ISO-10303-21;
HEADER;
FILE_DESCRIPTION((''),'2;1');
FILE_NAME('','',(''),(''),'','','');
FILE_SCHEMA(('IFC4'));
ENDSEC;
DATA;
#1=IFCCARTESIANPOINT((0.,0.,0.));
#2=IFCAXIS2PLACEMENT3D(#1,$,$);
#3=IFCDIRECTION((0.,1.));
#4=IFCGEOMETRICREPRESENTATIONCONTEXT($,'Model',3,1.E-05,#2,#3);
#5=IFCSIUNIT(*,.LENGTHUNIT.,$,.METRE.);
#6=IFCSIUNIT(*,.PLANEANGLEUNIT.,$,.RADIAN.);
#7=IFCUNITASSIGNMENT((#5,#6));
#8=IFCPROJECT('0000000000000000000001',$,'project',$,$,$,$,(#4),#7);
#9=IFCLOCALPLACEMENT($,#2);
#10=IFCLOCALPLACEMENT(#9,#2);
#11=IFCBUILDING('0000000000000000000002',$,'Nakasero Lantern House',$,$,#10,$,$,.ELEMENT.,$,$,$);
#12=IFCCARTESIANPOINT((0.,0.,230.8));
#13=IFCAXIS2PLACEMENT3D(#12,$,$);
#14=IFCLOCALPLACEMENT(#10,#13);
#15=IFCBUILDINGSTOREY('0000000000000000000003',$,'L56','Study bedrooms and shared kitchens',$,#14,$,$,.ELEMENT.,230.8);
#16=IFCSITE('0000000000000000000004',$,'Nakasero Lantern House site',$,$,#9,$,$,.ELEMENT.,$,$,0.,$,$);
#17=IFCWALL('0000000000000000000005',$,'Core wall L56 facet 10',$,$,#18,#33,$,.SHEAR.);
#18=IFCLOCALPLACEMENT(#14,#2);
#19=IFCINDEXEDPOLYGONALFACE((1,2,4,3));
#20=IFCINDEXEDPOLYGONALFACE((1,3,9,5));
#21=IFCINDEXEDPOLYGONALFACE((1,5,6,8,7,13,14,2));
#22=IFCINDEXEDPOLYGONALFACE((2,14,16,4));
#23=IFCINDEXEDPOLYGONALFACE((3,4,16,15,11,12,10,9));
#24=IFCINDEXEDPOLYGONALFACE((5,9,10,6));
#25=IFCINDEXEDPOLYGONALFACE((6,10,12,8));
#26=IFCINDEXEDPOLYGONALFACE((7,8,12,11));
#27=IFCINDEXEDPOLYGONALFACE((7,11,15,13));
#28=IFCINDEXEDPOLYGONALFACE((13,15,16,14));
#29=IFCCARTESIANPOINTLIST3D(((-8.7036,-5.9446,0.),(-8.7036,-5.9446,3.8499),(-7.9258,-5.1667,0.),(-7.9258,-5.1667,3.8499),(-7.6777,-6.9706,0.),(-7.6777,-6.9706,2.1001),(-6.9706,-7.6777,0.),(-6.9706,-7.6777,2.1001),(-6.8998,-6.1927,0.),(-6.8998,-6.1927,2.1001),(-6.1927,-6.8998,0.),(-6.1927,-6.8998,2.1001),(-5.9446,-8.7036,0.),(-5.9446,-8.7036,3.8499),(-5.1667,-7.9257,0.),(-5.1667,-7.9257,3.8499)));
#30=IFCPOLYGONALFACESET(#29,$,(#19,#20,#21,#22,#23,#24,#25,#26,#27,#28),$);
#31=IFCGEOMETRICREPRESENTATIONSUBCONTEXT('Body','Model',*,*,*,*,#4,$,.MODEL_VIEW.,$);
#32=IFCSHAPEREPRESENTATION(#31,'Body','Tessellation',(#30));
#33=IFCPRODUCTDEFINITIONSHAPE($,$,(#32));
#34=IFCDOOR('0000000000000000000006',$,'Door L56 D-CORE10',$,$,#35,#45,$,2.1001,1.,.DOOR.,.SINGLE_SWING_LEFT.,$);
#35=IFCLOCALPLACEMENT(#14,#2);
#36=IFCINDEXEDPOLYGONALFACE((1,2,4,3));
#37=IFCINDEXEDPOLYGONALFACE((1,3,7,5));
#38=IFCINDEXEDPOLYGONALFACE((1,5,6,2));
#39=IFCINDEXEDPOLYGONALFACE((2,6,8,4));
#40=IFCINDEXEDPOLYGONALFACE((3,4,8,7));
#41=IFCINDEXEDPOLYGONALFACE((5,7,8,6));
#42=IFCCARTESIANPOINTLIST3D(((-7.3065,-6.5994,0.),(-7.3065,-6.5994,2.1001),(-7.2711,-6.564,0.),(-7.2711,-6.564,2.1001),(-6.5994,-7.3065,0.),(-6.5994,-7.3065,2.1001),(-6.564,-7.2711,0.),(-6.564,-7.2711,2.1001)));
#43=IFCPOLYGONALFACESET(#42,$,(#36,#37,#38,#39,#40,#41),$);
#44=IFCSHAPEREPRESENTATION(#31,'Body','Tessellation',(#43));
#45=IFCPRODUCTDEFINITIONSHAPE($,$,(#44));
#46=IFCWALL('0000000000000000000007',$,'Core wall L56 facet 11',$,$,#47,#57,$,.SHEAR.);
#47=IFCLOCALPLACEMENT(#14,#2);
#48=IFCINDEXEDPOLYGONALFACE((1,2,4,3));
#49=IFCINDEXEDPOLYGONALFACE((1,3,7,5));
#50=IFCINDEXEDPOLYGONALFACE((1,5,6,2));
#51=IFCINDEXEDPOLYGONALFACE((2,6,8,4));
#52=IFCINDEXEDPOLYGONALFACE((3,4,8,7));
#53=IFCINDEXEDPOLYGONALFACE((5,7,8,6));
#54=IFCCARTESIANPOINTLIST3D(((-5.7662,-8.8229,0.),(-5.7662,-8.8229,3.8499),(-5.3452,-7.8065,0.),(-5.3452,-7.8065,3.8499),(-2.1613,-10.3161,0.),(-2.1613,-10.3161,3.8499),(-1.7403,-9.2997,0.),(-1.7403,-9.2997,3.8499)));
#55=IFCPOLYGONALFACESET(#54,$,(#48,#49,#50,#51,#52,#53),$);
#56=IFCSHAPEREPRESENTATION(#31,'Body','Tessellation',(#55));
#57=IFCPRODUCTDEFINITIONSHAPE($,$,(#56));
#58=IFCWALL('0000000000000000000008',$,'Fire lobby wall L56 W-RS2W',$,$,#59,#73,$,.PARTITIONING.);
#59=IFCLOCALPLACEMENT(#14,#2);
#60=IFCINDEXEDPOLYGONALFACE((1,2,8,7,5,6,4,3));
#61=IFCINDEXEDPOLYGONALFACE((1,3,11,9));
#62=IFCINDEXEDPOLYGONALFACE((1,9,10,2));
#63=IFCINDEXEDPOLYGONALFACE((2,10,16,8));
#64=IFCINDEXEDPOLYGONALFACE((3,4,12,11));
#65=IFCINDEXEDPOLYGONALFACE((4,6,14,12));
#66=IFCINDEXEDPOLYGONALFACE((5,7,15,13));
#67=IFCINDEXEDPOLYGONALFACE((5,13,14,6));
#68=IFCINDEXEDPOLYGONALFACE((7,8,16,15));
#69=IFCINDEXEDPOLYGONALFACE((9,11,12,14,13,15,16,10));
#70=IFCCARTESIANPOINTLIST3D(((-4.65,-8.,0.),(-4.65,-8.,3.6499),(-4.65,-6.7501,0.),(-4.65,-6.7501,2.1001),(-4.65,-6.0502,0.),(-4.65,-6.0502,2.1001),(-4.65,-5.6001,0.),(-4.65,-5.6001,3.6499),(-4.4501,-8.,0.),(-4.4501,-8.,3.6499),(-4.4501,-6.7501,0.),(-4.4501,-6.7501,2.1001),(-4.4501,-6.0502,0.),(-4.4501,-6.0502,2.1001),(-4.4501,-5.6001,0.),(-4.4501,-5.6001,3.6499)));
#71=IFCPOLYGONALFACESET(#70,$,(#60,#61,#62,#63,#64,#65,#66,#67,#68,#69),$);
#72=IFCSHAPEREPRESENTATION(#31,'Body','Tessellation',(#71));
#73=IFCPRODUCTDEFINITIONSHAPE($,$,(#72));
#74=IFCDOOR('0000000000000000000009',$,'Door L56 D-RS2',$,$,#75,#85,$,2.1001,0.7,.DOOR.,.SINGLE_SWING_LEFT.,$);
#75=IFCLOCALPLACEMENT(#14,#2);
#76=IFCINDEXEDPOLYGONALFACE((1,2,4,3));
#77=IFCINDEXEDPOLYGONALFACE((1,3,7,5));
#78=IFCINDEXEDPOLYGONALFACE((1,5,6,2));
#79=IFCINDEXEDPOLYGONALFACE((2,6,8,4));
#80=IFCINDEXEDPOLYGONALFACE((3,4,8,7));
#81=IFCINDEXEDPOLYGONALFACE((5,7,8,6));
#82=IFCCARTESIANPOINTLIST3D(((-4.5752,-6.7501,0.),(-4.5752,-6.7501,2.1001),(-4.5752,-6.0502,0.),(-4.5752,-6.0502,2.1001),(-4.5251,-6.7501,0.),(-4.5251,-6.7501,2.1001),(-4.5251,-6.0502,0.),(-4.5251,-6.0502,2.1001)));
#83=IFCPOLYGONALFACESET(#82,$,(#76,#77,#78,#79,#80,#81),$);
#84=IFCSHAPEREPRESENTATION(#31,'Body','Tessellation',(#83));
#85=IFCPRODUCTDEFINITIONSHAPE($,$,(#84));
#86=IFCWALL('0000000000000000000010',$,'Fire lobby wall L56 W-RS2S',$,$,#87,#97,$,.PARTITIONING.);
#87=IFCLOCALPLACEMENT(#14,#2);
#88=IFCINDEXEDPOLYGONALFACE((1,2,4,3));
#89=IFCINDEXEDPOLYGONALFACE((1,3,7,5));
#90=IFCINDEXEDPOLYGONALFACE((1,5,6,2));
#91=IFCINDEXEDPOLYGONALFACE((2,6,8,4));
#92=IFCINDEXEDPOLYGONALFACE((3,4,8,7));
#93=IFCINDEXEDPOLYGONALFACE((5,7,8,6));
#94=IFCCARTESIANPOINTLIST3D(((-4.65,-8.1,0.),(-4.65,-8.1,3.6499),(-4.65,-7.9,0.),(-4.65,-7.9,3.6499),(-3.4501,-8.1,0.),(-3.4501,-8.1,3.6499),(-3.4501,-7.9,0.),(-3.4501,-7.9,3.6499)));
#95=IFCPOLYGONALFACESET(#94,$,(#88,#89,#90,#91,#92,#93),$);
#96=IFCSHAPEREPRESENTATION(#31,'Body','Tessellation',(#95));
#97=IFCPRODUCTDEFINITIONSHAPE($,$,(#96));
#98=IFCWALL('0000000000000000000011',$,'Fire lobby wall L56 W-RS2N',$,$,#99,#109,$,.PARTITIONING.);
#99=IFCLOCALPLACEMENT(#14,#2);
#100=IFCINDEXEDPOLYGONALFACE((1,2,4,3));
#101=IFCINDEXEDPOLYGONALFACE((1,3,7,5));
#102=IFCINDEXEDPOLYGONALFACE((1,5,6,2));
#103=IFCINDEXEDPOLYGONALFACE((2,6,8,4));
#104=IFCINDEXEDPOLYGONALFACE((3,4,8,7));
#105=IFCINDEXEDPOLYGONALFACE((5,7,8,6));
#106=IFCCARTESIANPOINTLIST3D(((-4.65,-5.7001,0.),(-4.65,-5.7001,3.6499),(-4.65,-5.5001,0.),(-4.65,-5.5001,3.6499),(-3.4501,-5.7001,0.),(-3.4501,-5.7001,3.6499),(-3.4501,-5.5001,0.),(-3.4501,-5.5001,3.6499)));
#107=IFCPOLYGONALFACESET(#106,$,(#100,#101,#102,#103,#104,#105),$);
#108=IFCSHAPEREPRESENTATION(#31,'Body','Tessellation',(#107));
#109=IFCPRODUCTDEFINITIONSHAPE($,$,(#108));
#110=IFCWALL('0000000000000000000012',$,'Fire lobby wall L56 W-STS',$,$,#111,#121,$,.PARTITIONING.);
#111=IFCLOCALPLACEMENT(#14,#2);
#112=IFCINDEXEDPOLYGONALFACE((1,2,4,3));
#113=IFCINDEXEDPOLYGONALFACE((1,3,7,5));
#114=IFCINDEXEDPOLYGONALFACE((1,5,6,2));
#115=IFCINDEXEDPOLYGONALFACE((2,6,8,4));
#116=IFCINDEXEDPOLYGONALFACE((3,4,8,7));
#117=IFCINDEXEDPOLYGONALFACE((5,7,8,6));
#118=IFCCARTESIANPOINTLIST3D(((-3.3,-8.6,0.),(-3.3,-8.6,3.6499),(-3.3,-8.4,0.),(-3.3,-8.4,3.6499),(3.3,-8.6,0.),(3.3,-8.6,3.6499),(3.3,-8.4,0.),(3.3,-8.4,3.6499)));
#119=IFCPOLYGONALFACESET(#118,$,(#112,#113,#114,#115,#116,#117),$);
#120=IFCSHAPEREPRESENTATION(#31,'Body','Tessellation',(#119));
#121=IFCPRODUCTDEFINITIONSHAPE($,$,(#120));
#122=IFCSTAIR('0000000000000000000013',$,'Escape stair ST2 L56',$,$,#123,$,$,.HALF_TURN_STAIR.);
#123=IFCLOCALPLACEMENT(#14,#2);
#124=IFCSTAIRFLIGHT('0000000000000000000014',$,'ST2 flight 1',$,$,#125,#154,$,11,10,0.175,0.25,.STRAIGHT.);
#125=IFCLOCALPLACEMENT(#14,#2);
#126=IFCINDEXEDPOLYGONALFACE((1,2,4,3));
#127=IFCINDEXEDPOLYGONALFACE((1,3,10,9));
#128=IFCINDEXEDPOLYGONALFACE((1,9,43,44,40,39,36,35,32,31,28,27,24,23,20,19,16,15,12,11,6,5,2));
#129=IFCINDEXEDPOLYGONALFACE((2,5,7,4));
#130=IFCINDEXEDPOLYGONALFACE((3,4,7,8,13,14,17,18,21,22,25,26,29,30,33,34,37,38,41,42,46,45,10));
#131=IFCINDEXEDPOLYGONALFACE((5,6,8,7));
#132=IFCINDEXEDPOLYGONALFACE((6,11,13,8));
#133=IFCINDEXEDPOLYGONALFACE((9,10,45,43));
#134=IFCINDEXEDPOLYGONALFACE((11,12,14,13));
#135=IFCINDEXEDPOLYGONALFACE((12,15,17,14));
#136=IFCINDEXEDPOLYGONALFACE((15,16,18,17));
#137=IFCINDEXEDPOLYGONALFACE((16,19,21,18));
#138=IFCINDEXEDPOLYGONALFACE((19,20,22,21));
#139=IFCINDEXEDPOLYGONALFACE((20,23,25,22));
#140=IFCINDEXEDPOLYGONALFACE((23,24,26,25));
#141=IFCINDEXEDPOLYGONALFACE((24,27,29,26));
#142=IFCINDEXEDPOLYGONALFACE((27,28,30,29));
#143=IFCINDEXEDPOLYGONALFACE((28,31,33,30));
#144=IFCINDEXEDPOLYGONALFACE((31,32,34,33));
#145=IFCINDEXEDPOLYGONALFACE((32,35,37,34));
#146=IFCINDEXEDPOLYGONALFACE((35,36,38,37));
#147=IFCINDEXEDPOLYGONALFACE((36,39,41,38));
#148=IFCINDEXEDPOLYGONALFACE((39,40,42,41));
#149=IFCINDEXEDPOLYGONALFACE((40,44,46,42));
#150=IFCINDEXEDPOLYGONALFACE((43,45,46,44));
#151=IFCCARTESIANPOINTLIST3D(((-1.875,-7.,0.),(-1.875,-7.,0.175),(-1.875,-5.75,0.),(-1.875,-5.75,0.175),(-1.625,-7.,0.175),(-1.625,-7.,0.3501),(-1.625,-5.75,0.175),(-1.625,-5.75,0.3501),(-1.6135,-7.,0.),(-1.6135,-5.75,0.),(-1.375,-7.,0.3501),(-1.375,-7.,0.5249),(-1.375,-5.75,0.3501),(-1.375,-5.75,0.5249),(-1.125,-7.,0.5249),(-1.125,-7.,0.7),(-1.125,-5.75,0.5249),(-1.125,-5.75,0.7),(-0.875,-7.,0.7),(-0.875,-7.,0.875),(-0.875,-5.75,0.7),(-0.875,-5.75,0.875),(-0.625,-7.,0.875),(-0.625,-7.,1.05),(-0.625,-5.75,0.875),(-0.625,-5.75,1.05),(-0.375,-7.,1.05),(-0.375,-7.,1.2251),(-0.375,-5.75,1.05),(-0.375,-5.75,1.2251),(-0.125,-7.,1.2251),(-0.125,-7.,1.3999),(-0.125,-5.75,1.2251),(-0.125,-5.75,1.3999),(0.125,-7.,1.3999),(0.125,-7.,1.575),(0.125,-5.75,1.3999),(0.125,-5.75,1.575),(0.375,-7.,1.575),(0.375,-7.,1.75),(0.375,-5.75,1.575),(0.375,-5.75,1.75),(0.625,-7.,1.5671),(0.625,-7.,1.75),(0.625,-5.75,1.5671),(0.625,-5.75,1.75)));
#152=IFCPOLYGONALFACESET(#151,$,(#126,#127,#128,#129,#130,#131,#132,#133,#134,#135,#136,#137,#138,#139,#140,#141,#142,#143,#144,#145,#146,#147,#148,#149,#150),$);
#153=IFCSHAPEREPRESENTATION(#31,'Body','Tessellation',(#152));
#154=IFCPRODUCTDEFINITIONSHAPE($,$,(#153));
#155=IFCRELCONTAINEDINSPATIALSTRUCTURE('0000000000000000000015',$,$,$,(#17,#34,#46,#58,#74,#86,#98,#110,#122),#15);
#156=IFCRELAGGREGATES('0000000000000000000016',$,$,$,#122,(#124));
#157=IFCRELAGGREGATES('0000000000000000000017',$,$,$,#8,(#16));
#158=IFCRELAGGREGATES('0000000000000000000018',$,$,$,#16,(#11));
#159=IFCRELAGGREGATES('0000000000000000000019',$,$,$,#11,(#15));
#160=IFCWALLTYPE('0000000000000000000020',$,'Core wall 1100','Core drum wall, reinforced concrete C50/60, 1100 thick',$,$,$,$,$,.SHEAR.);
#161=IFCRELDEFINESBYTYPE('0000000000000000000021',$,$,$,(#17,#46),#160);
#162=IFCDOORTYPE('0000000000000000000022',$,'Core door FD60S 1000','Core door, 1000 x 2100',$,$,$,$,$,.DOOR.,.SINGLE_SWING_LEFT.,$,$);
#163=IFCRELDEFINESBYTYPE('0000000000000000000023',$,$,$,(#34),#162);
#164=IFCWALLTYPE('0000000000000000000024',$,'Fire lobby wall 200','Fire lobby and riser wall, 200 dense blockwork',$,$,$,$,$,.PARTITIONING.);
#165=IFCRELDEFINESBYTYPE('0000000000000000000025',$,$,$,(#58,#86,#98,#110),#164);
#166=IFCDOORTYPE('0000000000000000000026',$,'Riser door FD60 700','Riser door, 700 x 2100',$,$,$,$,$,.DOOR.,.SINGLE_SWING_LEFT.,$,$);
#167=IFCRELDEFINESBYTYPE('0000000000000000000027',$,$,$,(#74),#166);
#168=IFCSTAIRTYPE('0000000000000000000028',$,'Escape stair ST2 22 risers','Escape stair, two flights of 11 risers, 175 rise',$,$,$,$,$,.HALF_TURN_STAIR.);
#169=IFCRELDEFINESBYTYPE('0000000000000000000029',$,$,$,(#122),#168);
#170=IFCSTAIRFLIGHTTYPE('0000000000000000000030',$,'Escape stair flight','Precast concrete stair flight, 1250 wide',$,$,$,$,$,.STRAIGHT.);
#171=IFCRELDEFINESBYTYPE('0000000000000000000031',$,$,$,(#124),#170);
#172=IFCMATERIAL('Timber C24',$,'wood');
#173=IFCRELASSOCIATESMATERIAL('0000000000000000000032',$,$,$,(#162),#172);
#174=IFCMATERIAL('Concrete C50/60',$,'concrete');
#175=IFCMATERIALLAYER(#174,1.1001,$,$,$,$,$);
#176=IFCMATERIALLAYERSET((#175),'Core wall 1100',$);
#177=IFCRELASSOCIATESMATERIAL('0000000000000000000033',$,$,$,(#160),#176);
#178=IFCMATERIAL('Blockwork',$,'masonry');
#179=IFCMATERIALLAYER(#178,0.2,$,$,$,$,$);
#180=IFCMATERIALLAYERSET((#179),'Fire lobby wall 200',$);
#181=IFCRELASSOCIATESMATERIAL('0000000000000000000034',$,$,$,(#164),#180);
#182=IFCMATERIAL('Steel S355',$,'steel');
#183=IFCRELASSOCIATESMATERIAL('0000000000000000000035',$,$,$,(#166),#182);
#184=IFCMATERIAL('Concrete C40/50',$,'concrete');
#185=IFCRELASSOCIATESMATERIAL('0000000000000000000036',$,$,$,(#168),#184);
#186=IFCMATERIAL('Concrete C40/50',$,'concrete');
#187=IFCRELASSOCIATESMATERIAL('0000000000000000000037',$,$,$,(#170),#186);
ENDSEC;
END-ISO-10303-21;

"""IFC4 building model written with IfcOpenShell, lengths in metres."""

from ifc_helpers import new_model, si_unit, direction, frame, frame_2d, origin, place, context, subcontext, project, spatial, polyline, rectangle, outline, extrude, material, layer, layer_set, type_object, element, fill, aggregate, save


model = new_model("IFC4")

# Units and contexts
model_context = context("Model", 3, precision=1e-05, world=origin(), true_north=direction((0.0, 1.0)))
body_context = subcontext(model_context, "Body", "Model", "MODEL_VIEW")
ifc_project = project(units=[si_unit("LENGTHUNIT", "METRE"), si_unit("PLANEANGLEUNIT", "RADIAN")], contexts=[model_context])

# Site, building, storey
site_placement = place(None, origin())
site = spatial("IfcSite", under=ifc_project, at=site_placement, Name="Nakasero Lantern House site", CompositionType="ELEMENT", RefElevation=0.0)
building_placement = place(site_placement, origin())
building = spatial("IfcBuilding", under=site, at=building_placement, Name="Nakasero Lantern House", CompositionType="ELEMENT")
storey_placement = place(building_placement, frame((0.0, 0.0, 230.8)))
storey = spatial("IfcBuildingStorey", under=building, at=storey_placement, Name="L56", Description="Study bedrooms and shared kitchens", CompositionType="ELEMENT", Elevation=230.8)

# Shared definitions
ifc_material_1 = material(Name="Timber C24", Category="wood")
door_type_1 = type_object("IfcDoorType", Name="Core door FD60S 1000", Description="Core door, 1000 x 2100", OperationType="SINGLE_SWING_LEFT", PredefinedType="DOOR", material=ifc_material_1)

# Wall, opening, door
ifc_material_2 = material(Name="Concrete C50/60", Category="concrete")
ifc_layer_1 = layer(ifc_material_2, 1.1001)
ifc_layer_set_1 = layer_set([ifc_layer_1], Name="Core wall 1100")
wall_type_1 = type_object("IfcWallType", Name="Core wall 1100", Description="Core drum wall, reinforced concrete C50/60, 1100 thick", PredefinedType="SHEAR", material=ifc_layer_set_1)
wall_1_placement = place(storey_placement, frame((-8.3147, -5.5557, 0.0), z_axis=(0.0, 0.0, 1.0), x_axis=(0.707107, -0.707107, 0.0)))
wall_1 = element("IfcWall", 1, at=wall_1_placement, inside=storey, type_object=wall_type_1, Name="Core wall L56 facet 10", PredefinedType="SHEAR", context=body_context, shape_type="SweptSolid", body=[
    extrude(rectangle(XDim=3.9019, YDim=1.1001, at=frame_2d((1.9509, 0.0))), origin(), (0.0, 0.0, 1.0), 3.8499),
])
opening_1_placement = place(wall_1_placement, frame((1.4509, 0.0, 0.0)))
opening_1 = element("IfcOpeningElement", 2, at=opening_1_placement, cuts=wall_1, PredefinedType="OPENING", context=body_context, shape_type="SweptSolid", body=[
    extrude(rectangle(XDim=1.0, YDim=2.1001, at=frame_2d((0.5, 1.05))), frame((0.0, 0.5701, 0.0), z_axis=(0.0, -1.0, 0.0), x_axis=(1.0, 0.0, 0.0)), (0.0, 0.0, 1.0), 1.1401),
])
door_1_placement = place(opening_1_placement, origin())
door_1 = element("IfcDoor", 3, at=door_1_placement, inside=storey, type_object=door_type_1, Name="Door L56 D-CORE10", OperationType="SINGLE_SWING_LEFT", OverallHeight=2.1001, OverallWidth=1.0, PredefinedType="DOOR", context=body_context, shape_type="SweptSolid", body=[
    extrude(rectangle(XDim=1.0, YDim=2.1001, at=frame_2d((0.5, 1.05))), frame((0.0, 0.0249, 0.0), z_axis=(0.0, -1.0, 0.0), x_axis=(1.0, 0.0, 0.0)), (0.0, 0.0, 1.0), 0.05),
])
fill(opening_1, door_1)

# Wall
wall_2_placement = place(storey_placement, frame((-5.5557, -8.3147, 0.0), z_axis=(0.0, 0.0, 1.0), x_axis=(0.923877, -0.382691, 0.0)))
element("IfcWall", 4, at=wall_2_placement, inside=storey, type_object=wall_type_1, Name="Core wall L56 facet 11", PredefinedType="SHEAR", context=body_context, shape_type="SweptSolid", body=[
    extrude(rectangle(XDim=3.9019, YDim=1.1001, at=frame_2d((1.9509, 0.0))), origin(), (0.0, 0.0, 1.0), 3.8499),
])

# Wall, opening, door
ifc_material_3 = material(Name="Blockwork", Category="masonry")
ifc_layer_2 = layer(ifc_material_3, 0.2)
ifc_layer_set_2 = layer_set([ifc_layer_2], Name="Fire lobby wall 200")
wall_type_2 = type_object("IfcWallType", Name="Fire lobby wall 200", Description="Fire lobby and riser wall, 200 dense blockwork", PredefinedType="PARTITIONING", material=ifc_layer_set_2)
wall_3_placement = place(storey_placement, frame((-4.55, -5.6001, 0.0), z_axis=(0.0, 0.0, 1.0), x_axis=(0.0, -1.0, 0.0)))
wall_3 = element("IfcWall", 5, at=wall_3_placement, inside=storey, type_object=wall_type_2, Name="Fire lobby wall L56 W-RS2W", PredefinedType="PARTITIONING", context=body_context, shape_type="SweptSolid", body=[
    extrude(rectangle(XDim=2.3999, YDim=0.2, at=frame_2d((1.2, 0.0))), origin(), (0.0, 0.0, 1.0), 3.6499),
])
opening_2_placement = place(wall_3_placement, frame((0.45, 0.0, 0.0)))
opening_2 = element("IfcOpeningElement", 6, at=opening_2_placement, cuts=wall_3, PredefinedType="OPENING", context=body_context, shape_type="SweptSolid", body=[
    extrude(rectangle(XDim=0.7, YDim=2.1001, at=frame_2d((0.3501, 1.05))), frame((0.0, 0.1199, 0.0), z_axis=(0.0, -1.0, 0.0), x_axis=(1.0, 0.0, 0.0)), (0.0, 0.0, 1.0), 0.24),
])
ifc_material_4 = material(Name="Steel S355", Category="steel")
door_type_2 = type_object("IfcDoorType", Name="Riser door FD60 700", Description="Riser door, 700 x 2100", OperationType="SINGLE_SWING_LEFT", PredefinedType="DOOR", material=ifc_material_4)
door_2_placement = place(opening_2_placement, origin())
door_2 = element("IfcDoor", 7, at=door_2_placement, inside=storey, type_object=door_type_2, Name="Door L56 D-RS2", OperationType="SINGLE_SWING_LEFT", OverallHeight=2.1001, OverallWidth=0.7, PredefinedType="DOOR", context=body_context, shape_type="SweptSolid", body=[
    extrude(rectangle(XDim=0.7, YDim=2.1001, at=frame_2d((0.3501, 1.05))), frame((0.0, 0.0249, 0.0), z_axis=(0.0, -1.0, 0.0), x_axis=(1.0, 0.0, 0.0)), (0.0, 0.0, 1.0), 0.05),
])
fill(opening_2, door_2)

# Walls
for number, where, z_axis, x_axis, name in (
    (8, (-3.45, -8.0, 0.0), (0.0, 0.0, 1.0), (-1.0, 0.0, 0.0), "Fire lobby wall L56 W-RS2S"),
    (9, (-3.45, -5.6001, 0.0), (0.0, 0.0, 1.0), (-1.0, 0.0, 0.0), "Fire lobby wall L56 W-RS2N"),
):
    element("IfcWall", number, at=place(storey_placement, frame(where, z_axis=z_axis, x_axis=x_axis)), inside=storey, type_object=wall_type_2, Name=name, PredefinedType="PARTITIONING", context=body_context, shape_type="SweptSolid", body=[
        extrude(rectangle(XDim=1.2, YDim=0.2, at=frame_2d((0.6001, 0.0))), origin(), (0.0, 0.0, 1.0), 3.6499),
    ])
wall_4_placement = place(storey_placement, frame((-3.3, -8.5, 0.0), z_axis=(0.0, 0.0, 1.0), x_axis=(1.0, 0.0, 0.0)))
element("IfcWall", 10, at=wall_4_placement, inside=storey, type_object=wall_type_2, Name="Fire lobby wall L56 W-STS", PredefinedType="PARTITIONING", context=body_context, shape_type="SweptSolid", body=[
    extrude(rectangle(XDim=6.6001, YDim=0.2, at=frame_2d((3.3, 0.0))), origin(), (0.0, 0.0, 1.0), 3.6499),
])

# Stair, stair flight
ifc_material_5 = material(Name="Concrete C40/50", Category="concrete")
stair_type = type_object("IfcStairType", Name="Escape stair ST2 22 risers", Description="Escape stair, two flights of 11 risers, 175 rise", PredefinedType="HALF_TURN_STAIR", material=ifc_material_5)
stair_placement = place(storey_placement, origin())
stair = element("IfcStair", 11, at=stair_placement, inside=storey, type_object=stair_type, Name="Escape stair ST2 L56", PredefinedType="HALF_TURN_STAIR")
ifc_material_6 = material(Name="Concrete C40/50", Category="concrete")
stair_flight_type = type_object("IfcStairFlightType", Name="Escape stair flight", Description="Precast concrete stair flight, 1250 wide", PredefinedType="STRAIGHT", material=ifc_material_6)
stair_flight_placement = place(storey_placement, frame((-1.875, -6.375, 0.0), z_axis=(0.0, 0.0, 1.0), x_axis=(1.0, 0.0, 0.0)))
stair_flight = element("IfcStairFlight", 12, at=stair_flight_placement, type_object=stair_flight_type, Name="ST2 flight 1", NumberOfRisers=11, NumberOfTreads=10, PredefinedType="STRAIGHT", RiserHeight=0.175, TreadLength=0.25, context=body_context, shape_type="SweptSolid", body=[
    extrude(outline(polyline([(0.0, 0.0), (0.0, 0.175), (0.25, 0.175), (0.25, 0.3501), (0.5, 0.3501), (0.5, 0.5249), (0.75, 0.5249), (0.75, 0.7), (1.0, 0.7), (1.0, 0.875), (1.25, 0.875), (1.25, 1.05), (1.5, 1.05), (1.5, 1.2251), (1.75, 1.2251), (1.75, 1.3999), (2.0, 1.3999), (2.0, 1.575), (2.25, 1.575), (2.25, 1.75), (2.5, 1.75), (2.5, 1.925), (2.5, 1.5671), (0.2615, 0.0), (0.0, 0.0)])), frame((0.0, 0.625, 0.0), z_axis=(0.0, -1.0, 0.0), x_axis=(1.0, 0.0, 0.0)), (0.0, 0.0, 1.0), 1.25),
])
aggregate(stair, [stair_flight])

save(model, "model.ifc")
